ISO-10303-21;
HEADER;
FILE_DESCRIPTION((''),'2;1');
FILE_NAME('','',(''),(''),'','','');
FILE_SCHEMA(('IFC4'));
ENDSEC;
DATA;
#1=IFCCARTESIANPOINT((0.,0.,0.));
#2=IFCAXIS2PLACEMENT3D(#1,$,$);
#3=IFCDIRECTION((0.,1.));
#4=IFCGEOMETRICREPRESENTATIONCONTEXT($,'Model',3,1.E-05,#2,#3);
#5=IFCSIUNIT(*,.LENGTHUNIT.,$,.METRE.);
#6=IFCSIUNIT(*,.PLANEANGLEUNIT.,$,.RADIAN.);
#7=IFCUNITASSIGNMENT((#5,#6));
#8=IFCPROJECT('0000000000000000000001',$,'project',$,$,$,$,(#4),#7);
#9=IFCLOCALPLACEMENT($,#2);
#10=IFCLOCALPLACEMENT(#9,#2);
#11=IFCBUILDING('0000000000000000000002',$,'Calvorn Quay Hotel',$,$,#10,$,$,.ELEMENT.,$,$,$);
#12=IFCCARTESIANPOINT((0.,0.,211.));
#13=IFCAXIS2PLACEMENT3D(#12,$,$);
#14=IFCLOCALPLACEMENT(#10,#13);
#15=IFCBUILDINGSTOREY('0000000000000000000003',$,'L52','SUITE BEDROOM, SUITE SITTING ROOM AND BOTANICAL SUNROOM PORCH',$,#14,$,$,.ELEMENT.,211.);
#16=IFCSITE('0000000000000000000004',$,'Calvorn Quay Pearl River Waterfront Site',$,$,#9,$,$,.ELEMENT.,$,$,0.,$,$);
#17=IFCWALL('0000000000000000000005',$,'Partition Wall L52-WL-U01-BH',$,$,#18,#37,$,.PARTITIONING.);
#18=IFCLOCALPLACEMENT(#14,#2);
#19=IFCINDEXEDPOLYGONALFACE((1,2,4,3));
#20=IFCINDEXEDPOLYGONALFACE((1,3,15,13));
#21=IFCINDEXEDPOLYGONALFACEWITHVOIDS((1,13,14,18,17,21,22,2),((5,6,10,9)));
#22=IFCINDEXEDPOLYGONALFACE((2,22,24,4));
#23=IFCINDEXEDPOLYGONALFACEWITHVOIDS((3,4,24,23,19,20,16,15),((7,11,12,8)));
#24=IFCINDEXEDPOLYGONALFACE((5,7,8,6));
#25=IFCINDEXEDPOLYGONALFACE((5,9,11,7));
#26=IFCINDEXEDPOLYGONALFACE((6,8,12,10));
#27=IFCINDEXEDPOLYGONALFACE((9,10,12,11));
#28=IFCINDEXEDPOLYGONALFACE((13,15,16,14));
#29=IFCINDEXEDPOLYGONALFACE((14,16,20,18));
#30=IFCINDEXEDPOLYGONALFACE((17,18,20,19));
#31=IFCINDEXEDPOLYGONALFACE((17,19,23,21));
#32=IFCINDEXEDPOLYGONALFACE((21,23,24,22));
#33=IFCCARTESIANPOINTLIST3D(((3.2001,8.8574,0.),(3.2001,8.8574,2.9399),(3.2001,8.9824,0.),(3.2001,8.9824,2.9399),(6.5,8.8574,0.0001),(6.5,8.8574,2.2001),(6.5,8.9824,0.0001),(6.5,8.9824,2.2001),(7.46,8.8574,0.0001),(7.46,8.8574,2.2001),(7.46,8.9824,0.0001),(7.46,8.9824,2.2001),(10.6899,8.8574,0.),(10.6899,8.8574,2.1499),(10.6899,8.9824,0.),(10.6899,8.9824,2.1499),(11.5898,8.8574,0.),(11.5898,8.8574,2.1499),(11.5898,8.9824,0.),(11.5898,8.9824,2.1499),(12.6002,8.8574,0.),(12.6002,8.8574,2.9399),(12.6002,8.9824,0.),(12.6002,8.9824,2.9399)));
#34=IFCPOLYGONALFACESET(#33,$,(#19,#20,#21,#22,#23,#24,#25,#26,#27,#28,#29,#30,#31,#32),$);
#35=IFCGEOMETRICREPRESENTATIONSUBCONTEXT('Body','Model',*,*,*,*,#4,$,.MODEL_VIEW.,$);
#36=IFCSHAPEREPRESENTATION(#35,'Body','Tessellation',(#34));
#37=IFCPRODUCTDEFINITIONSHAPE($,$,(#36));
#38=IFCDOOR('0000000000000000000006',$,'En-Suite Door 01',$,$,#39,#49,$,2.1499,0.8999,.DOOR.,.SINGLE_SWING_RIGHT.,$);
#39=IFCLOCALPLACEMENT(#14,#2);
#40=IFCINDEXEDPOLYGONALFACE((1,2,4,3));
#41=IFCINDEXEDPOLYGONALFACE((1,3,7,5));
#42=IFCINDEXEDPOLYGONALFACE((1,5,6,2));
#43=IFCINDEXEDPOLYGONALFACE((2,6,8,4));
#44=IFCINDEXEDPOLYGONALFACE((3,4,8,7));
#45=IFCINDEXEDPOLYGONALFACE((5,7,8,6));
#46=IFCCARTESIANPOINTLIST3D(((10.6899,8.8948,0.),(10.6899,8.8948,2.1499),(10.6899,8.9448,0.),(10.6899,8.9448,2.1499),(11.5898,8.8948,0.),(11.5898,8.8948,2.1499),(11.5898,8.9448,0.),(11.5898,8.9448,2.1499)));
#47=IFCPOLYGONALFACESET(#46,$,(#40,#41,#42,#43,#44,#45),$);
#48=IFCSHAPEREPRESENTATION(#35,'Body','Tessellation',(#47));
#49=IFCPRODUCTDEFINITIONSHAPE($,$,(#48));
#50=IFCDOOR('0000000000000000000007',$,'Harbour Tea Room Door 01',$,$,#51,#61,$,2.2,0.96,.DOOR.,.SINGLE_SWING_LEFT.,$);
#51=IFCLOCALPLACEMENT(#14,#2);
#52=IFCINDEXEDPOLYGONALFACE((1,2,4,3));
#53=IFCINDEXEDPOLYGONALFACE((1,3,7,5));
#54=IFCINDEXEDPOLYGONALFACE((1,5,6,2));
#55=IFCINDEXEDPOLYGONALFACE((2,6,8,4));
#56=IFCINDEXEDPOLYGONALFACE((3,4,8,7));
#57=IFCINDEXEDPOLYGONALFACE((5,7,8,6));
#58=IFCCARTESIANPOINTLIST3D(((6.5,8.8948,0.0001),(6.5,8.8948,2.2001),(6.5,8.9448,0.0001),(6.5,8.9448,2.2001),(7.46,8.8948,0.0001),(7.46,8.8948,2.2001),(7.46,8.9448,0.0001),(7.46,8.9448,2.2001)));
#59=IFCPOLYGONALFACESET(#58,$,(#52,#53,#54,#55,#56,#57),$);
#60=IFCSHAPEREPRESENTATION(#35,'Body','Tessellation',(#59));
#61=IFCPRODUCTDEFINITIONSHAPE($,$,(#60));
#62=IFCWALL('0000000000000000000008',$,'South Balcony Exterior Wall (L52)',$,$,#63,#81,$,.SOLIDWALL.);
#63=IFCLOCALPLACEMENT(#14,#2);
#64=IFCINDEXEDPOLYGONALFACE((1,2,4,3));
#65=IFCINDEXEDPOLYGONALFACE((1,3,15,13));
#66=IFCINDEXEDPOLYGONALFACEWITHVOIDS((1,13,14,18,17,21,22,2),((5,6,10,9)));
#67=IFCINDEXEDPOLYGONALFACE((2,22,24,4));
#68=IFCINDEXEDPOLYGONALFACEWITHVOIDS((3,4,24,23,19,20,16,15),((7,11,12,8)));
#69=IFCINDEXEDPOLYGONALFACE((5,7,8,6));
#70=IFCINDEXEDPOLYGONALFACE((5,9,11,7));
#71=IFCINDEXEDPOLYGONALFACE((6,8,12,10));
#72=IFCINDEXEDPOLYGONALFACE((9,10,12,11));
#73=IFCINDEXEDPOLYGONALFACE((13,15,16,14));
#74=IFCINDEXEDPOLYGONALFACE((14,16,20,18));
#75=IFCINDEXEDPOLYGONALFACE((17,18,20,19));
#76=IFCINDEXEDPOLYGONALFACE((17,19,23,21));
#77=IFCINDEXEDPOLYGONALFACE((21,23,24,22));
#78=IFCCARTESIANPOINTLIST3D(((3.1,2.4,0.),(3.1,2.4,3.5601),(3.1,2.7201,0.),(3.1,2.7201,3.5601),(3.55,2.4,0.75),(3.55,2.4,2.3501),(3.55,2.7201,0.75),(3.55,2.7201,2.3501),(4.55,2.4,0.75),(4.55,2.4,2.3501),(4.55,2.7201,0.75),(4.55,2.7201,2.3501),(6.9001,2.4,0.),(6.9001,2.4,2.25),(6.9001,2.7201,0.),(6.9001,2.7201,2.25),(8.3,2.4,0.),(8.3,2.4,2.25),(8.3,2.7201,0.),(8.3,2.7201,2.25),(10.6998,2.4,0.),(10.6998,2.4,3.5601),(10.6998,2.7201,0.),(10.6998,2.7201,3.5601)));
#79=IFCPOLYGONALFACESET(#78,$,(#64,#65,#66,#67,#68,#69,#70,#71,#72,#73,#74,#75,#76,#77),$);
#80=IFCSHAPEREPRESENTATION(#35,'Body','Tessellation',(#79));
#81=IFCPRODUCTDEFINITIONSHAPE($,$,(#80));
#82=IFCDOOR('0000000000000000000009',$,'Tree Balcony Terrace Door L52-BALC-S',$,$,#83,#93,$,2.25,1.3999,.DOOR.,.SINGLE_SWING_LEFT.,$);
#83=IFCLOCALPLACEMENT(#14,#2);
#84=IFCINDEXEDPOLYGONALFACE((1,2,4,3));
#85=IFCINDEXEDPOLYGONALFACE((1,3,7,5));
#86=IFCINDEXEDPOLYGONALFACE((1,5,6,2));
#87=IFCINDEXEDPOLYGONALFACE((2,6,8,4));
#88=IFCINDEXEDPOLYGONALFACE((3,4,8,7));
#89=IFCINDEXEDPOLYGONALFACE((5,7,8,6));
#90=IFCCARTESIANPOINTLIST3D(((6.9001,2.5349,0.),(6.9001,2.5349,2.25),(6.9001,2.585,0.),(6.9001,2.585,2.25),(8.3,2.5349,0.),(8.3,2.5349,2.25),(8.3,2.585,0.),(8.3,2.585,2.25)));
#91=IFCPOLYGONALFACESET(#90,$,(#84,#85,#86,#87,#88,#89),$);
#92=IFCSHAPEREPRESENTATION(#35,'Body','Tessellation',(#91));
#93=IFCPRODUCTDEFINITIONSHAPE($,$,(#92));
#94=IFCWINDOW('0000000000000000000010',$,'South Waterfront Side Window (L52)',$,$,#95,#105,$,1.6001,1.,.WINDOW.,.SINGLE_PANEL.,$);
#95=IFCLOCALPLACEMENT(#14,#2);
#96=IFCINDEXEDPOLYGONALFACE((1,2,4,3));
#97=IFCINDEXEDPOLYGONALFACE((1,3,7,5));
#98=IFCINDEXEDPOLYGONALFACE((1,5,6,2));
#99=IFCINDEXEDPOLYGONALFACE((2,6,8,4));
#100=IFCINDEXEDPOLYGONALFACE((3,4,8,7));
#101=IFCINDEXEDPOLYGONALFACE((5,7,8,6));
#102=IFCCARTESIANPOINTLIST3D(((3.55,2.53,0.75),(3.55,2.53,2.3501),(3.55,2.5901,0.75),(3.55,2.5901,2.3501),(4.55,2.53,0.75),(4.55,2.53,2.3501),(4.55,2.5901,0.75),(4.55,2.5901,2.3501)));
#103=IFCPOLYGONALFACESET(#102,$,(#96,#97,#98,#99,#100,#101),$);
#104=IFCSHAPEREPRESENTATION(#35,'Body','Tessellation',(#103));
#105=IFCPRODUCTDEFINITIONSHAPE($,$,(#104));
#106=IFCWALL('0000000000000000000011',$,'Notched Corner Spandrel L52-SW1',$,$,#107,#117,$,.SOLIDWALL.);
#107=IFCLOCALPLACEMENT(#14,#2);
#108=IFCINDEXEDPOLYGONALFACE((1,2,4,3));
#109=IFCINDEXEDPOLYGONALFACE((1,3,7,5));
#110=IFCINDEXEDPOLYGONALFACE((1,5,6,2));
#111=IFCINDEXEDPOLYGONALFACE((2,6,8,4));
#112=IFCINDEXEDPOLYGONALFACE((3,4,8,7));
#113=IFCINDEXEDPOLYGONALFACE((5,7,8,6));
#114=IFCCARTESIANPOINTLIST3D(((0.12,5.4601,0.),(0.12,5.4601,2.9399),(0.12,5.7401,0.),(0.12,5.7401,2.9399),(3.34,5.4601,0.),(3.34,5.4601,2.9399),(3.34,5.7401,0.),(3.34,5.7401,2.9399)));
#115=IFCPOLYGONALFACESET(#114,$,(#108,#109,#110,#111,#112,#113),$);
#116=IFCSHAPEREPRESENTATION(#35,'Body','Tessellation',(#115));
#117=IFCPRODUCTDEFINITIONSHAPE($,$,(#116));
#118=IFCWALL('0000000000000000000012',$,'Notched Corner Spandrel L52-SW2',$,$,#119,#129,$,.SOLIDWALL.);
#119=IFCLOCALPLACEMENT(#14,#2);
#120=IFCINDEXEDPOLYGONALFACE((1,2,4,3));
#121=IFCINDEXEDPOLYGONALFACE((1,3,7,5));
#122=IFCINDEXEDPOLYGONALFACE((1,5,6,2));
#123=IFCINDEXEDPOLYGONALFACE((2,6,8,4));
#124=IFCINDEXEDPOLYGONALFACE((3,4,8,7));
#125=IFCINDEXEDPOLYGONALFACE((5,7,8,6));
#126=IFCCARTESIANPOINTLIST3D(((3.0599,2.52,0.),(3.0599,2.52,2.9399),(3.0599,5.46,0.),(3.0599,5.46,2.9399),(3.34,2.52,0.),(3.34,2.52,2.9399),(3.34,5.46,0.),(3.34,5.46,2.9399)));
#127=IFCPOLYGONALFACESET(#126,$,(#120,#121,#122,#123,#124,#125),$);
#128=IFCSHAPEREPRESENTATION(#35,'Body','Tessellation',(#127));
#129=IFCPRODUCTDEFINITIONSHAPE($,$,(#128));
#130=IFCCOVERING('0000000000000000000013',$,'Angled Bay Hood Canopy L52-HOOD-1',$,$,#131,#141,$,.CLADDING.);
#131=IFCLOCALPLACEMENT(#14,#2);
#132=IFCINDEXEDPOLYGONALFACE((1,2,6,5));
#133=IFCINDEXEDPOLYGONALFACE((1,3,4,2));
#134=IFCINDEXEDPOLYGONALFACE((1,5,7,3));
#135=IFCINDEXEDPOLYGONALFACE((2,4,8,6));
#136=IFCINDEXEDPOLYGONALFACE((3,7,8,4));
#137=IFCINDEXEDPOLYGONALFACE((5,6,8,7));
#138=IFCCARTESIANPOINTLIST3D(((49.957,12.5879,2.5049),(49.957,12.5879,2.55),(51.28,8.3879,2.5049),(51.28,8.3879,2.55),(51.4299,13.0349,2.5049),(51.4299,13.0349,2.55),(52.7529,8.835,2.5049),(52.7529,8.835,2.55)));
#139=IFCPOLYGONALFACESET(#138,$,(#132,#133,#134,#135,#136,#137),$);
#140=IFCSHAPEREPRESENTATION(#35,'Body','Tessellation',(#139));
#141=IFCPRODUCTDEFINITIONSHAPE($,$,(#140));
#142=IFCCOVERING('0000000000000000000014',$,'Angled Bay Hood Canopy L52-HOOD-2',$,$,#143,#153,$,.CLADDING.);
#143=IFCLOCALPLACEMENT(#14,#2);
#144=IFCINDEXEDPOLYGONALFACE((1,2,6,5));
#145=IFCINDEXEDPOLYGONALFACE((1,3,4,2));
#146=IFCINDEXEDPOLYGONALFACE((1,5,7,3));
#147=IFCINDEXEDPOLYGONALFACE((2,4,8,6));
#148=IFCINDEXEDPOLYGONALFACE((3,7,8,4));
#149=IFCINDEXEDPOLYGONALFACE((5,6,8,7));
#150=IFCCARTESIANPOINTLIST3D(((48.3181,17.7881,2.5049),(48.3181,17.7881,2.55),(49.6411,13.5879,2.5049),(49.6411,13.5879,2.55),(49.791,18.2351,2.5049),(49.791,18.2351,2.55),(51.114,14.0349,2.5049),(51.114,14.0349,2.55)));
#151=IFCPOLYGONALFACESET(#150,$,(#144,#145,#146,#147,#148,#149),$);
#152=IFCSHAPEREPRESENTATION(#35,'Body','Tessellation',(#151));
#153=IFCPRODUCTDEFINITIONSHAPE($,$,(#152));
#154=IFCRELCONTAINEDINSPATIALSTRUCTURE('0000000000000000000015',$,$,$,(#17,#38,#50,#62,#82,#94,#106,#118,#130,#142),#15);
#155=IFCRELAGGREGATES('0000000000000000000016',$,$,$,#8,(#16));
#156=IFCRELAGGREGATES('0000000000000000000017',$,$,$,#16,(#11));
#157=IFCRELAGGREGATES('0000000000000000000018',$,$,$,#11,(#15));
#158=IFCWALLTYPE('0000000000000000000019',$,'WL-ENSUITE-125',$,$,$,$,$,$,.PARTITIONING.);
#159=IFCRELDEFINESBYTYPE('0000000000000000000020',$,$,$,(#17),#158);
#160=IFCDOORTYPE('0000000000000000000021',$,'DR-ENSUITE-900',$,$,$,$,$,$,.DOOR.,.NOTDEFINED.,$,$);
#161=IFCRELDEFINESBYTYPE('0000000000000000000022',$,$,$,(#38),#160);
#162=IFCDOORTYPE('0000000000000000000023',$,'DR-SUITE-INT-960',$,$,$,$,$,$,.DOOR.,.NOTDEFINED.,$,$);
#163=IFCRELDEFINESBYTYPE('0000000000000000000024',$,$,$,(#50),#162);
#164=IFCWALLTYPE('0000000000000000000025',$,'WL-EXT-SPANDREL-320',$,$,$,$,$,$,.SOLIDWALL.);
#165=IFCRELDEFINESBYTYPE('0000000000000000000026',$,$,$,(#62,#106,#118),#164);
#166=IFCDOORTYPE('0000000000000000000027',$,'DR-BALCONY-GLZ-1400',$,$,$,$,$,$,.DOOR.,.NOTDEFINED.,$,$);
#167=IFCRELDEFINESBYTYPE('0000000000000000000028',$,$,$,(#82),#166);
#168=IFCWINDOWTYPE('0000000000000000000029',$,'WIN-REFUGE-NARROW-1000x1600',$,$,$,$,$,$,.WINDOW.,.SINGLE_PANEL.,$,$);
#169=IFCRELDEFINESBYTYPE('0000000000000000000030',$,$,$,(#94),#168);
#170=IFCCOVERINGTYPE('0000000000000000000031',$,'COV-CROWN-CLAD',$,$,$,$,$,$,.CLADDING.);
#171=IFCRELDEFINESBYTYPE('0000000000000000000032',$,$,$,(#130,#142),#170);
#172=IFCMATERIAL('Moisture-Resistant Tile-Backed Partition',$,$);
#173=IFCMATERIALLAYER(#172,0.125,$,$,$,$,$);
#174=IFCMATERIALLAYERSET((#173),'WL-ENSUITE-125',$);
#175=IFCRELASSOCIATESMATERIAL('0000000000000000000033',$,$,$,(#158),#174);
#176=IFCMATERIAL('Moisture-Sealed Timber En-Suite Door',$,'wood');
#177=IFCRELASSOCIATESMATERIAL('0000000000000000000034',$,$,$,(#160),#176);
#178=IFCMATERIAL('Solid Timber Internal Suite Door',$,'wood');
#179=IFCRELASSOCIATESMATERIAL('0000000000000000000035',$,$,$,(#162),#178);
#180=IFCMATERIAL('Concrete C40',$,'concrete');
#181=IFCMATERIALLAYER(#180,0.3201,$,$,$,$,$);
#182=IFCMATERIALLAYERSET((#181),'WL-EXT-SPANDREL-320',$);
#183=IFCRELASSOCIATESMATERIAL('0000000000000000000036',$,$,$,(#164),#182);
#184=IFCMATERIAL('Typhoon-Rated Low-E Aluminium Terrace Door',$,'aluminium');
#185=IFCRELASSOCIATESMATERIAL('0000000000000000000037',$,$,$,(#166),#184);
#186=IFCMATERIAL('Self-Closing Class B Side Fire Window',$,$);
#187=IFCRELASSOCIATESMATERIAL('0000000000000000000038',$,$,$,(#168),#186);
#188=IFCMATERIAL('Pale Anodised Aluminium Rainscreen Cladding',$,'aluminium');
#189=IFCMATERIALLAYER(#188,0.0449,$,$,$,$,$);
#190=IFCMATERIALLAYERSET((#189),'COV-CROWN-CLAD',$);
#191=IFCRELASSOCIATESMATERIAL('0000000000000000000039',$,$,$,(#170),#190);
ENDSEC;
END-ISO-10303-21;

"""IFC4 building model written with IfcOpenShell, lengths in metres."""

from ifc_helpers import new_model, si_unit, direction, frame, frame_2d, origin, place, context, subcontext, project, spatial, polyline, rectangle, outline, extrude, material, layer, layer_set, type_object, element, fill, save


model = new_model("IFC4")

# Units and contexts
model_context = context("Model", 3, precision=1e-05, world=origin(), true_north=direction((0.0, 1.0)))
body_context = subcontext(model_context, "Body", "Model", "MODEL_VIEW")
ifc_project = project(units=[si_unit("LENGTHUNIT", "METRE"), si_unit("PLANEANGLEUNIT", "RADIAN")], contexts=[model_context])

# Site, building, storey
site_placement = place(None, origin())
site = spatial("IfcSite", under=ifc_project, at=site_placement, Name="Calvorn Quay Pearl River Waterfront Site", CompositionType="ELEMENT", RefElevation=0.0)
building_placement = place(site_placement, origin())
building = spatial("IfcBuilding", under=site, at=building_placement, Name="Calvorn Quay Hotel", CompositionType="ELEMENT")
storey_placement = place(building_placement, frame((0.0, 0.0, 211.0)))
storey = spatial("IfcBuildingStorey", under=building, at=storey_placement, Name="L52", Description="SUITE BEDROOM, SUITE SITTING ROOM AND BOTANICAL SUNROOM PORCH", CompositionType="ELEMENT", Elevation=211.0)

# Wall, openings, doors
ifc_material_1 = material(Name="Moisture-Resistant Tile-Backed Partition")
ifc_layer_1 = layer(ifc_material_1, 0.125)
ifc_layer_set_1 = layer_set([ifc_layer_1], Name="WL-ENSUITE-125")
wall_type_1 = type_object("IfcWallType", Name="WL-ENSUITE-125", PredefinedType="PARTITIONING", material=ifc_layer_set_1)
wall_1_placement = place(storey_placement, frame((3.2, 8.9199, 0.0), z_axis=(0.0, 0.0, 1.0), x_axis=(1.0, 0.0, 0.0)))
wall_1 = element("IfcWall", 1, at=wall_1_placement, inside=storey, type_object=wall_type_1, Name="Partition Wall L52-WL-U01-BH", PredefinedType="PARTITIONING", context=body_context, shape_type="SweptSolid", body=[
    extrude(rectangle(XDim=9.4001, YDim=0.125, at=frame_2d((4.7002, 0.0))), origin(), (0.0, 0.0, 1.0), 2.9399),
])
opening_1_placement = place(wall_1_placement, frame((3.3, 0.0, 0.0)))
opening_1 = element("IfcOpeningElement", 2, at=opening_1_placement, cuts=wall_1, PredefinedType="OPENING", context=body_context, shape_type="SweptSolid", body=[
    extrude(rectangle(XDim=0.96, YDim=2.2, at=frame_2d((0.48, 1.1001))), frame((0.0, 0.0725, 0.0), z_axis=(0.0, -1.0, 0.0), x_axis=(1.0, 0.0, 0.0)), (0.0, 0.0, 1.0), 0.145),
])
opening_2_placement = place(wall_1_placement, frame((7.49, 0.0, 0.0)))
opening_2 = element("IfcOpeningElement", 3, at=opening_2_placement, cuts=wall_1, PredefinedType="OPENING", context=body_context, shape_type="SweptSolid", body=[
    extrude(rectangle(XDim=0.8999, YDim=2.1499, at=frame_2d((0.45, 1.075))), frame((0.0, 0.0725, 0.0), z_axis=(0.0, -1.0, 0.0), x_axis=(1.0, 0.0, 0.0)), (0.0, 0.0, 1.0), 0.145),
])
ifc_material_2 = material(Name="Moisture-Sealed Timber En-Suite Door", Category="wood")
door_type_1 = type_object("IfcDoorType", Name="DR-ENSUITE-900", OperationType="NOTDEFINED", PredefinedType="DOOR", material=ifc_material_2)
door_1_placement = place(opening_2_placement, origin())
door_1 = element("IfcDoor", 4, at=door_1_placement, inside=storey, type_object=door_type_1, Name="En-Suite Door 01", OperationType="SINGLE_SWING_RIGHT", OverallHeight=2.1499, OverallWidth=0.8999, PredefinedType="DOOR", context=body_context, shape_type="SweptSolid", body=[
    extrude(rectangle(XDim=0.8999, YDim=2.1499, at=frame_2d((0.45, 1.075))), frame((0.0, 0.0249, 0.0), z_axis=(0.0, -1.0, 0.0), x_axis=(1.0, 0.0, 0.0)), (0.0, 0.0, 1.0), 0.05),
])
fill(opening_2, door_1)
ifc_material_3 = material(Name="Solid Timber Internal Suite Door", Category="wood")
door_type_2 = type_object("IfcDoorType", Name="DR-SUITE-INT-960", OperationType="NOTDEFINED", PredefinedType="DOOR", material=ifc_material_3)
door_2_placement = place(opening_1_placement, origin())
door_2 = element("IfcDoor", 5, at=door_2_placement, inside=storey, type_object=door_type_2, Name="Harbour Tea Room Door 01", OperationType="SINGLE_SWING_LEFT", OverallHeight=2.2, OverallWidth=0.96, PredefinedType="DOOR", context=body_context, shape_type="SweptSolid", body=[
    extrude(rectangle(XDim=0.96, YDim=2.2, at=frame_2d((0.48, 1.1001))), frame((0.0, 0.0249, 0.0), z_axis=(0.0, -1.0, 0.0), x_axis=(1.0, 0.0, 0.0)), (0.0, 0.0, 1.0), 0.05),
])
fill(opening_1, door_2)

# Wall, openings, door, window
ifc_material_4 = material(Name="Concrete C40", Category="concrete")
ifc_layer_2 = layer(ifc_material_4, 0.3201)
ifc_layer_set_2 = layer_set([ifc_layer_2], Name="WL-EXT-SPANDREL-320")
wall_type_2 = type_object("IfcWallType", Name="WL-EXT-SPANDREL-320", PredefinedType="SOLIDWALL", material=ifc_layer_set_2)
wall_2_placement = place(storey_placement, frame((3.1001, 2.5601, 0.0), z_axis=(0.0, 0.0, 1.0), x_axis=(1.0, 0.0, 0.0)))
wall_2 = element("IfcWall", 6, at=wall_2_placement, inside=storey, type_object=wall_type_2, Name="South Balcony Exterior Wall (L52)", PredefinedType="SOLIDWALL", context=body_context, shape_type="SweptSolid", body=[
    extrude(rectangle(XDim=7.5999, YDim=0.3201, at=frame_2d((3.7998, 0.0))), origin(), (0.0, 0.0, 1.0), 3.5601),
])
opening_3_placement = place(wall_2_placement, frame((0.45, 0.0, 0.75)))
opening_3 = element("IfcOpeningElement", 7, at=opening_3_placement, cuts=wall_2, PredefinedType="OPENING", context=body_context, shape_type="SweptSolid", body=[
    extrude(rectangle(XDim=1.0, YDim=1.6001, at=frame_2d((0.5, 0.8))), frame((0.0, 0.1699, 0.0), z_axis=(0.0, -1.0, 0.0), x_axis=(1.0, 0.0, 0.0)), (0.0, 0.0, 1.0), 0.3401),
])
opening_4_placement = place(wall_2_placement, frame((3.8, 0.0, 0.0)))
opening_4 = element("IfcOpeningElement", 8, at=opening_4_placement, cuts=wall_2, PredefinedType="OPENING", context=body_context, shape_type="SweptSolid", body=[
    extrude(rectangle(XDim=1.3999, YDim=2.25, at=frame_2d((0.7, 1.125))), frame((0.0, 0.1699, 0.0), z_axis=(0.0, -1.0, 0.0), x_axis=(1.0, 0.0, 0.0)), (0.0, 0.0, 1.0), 0.3401),
])
ifc_material_5 = material(Name="Typhoon-Rated Low-E Aluminium Terrace Door", Category="aluminium")
door_type_3 = type_object("IfcDoorType", Name="DR-BALCONY-GLZ-1400", OperationType="NOTDEFINED", PredefinedType="DOOR", material=ifc_material_5)
door_3_placement = place(opening_4_placement, origin())
door_3 = element("IfcDoor", 9, at=door_3_placement, inside=storey, type_object=door_type_3, Name="Tree Balcony Terrace Door L52-BALC-S", OperationType="SINGLE_SWING_LEFT", OverallHeight=2.25, OverallWidth=1.3999, PredefinedType="DOOR", context=body_context, shape_type="SweptSolid", body=[
    extrude(rectangle(XDim=1.3999, YDim=2.25, at=frame_2d((0.7, 1.125))), frame((0.0, 0.0249, 0.0), z_axis=(0.0, -1.0, 0.0), x_axis=(1.0, 0.0, 0.0)), (0.0, 0.0, 1.0), 0.05),
])
fill(opening_4, door_3)
ifc_material_6 = material(Name="Self-Closing Class B Side Fire Window")
window_type = type_object("IfcWindowType", Name="WIN-REFUGE-NARROW-1000x1600", PartitioningType="SINGLE_PANEL", PredefinedType="WINDOW", material=ifc_material_6)
window_placement = place(opening_3_placement, origin())
window = element("IfcWindow", 10, at=window_placement, inside=storey, type_object=window_type, Name="South Waterfront Side Window (L52)", OverallHeight=1.6001, OverallWidth=1.0, PartitioningType="SINGLE_PANEL", PredefinedType="WINDOW", context=body_context, shape_type="SweptSolid", body=[
    extrude(rectangle(XDim=1.0, YDim=1.6001, at=frame_2d((0.5, 0.8))), frame((0.0, 0.03, 0.0), z_axis=(0.0, -1.0, 0.0), x_axis=(1.0, 0.0, 0.0)), (0.0, 0.0, 1.0), 0.0601),
])
fill(opening_3, window)

# Walls
wall_3_placement = place(storey_placement, frame((0.1201, 5.6001, 0.0), z_axis=(0.0, 0.0, 1.0), x_axis=(1.0, 0.0, 0.0)))
element("IfcWall", 11, at=wall_3_placement, inside=storey, type_object=wall_type_2, Name="Notched Corner Spandrel L52-SW1", PredefinedType="SOLIDWALL", context=body_context, shape_type="SweptSolid", body=[
    extrude(rectangle(XDim=3.22, YDim=0.28, at=frame_2d((1.6099, 0.0))), origin(), (0.0, 0.0, 1.0), 2.9399),
])
wall_4_placement = place(storey_placement, frame((3.2, 5.46, 0.0), z_axis=(0.0, 0.0, 1.0), x_axis=(0.0, -1.0, 0.0)))
element("IfcWall", 12, at=wall_4_placement, inside=storey, type_object=wall_type_2, Name="Notched Corner Spandrel L52-SW2", PredefinedType="SOLIDWALL", context=body_context, shape_type="SweptSolid", body=[
    extrude(rectangle(XDim=2.9399, YDim=0.28, at=frame_2d((1.47, 0.0))), origin(), (0.0, 0.0, 1.0), 2.9399),
])

# Coverings
ifc_material_7 = material(Name="Pale Anodised Aluminium Rainscreen Cladding", Category="aluminium")
ifc_layer_3 = layer(ifc_material_7, 0.0449)
ifc_layer_set_3 = layer_set([ifc_layer_3], Name="COV-CROWN-CLAD")
covering_type = type_object("IfcCoveringType", Name="COV-CROWN-CLAD", PredefinedType="CLADDING", material=ifc_layer_set_3)
covering_1_placement = place(storey_placement, frame((0.0, 0.0, 2.5049)))
element("IfcCovering", 13, at=covering_1_placement, inside=storey, type_object=covering_type, Name="Angled Bay Hood Canopy L52-HOOD-1", PredefinedType="CLADDING", context=body_context, shape_type="SweptSolid", body=[
    extrude(outline(polyline([(49.957, 12.5879), (51.4299, 13.0349), (52.7529, 8.835), (51.28, 8.3879), (49.957, 12.5879)])), origin(), (0.0, 0.0, 1.0), 0.0452),
])
covering_2_placement = place(storey_placement, frame((0.0, 0.0, 2.5049)))
element("IfcCovering", 14, at=covering_2_placement, inside=storey, type_object=covering_type, Name="Angled Bay Hood Canopy L52-HOOD-2", PredefinedType="CLADDING", context=body_context, shape_type="SweptSolid", body=[
    extrude(outline(polyline([(48.3181, 17.7881), (49.791, 18.2351), (51.114, 14.0349), (49.6411, 13.5879), (48.3181, 17.7881)])), origin(), (0.0, 0.0, 1.0), 0.0452),
])

save(model, "model.ifc")
